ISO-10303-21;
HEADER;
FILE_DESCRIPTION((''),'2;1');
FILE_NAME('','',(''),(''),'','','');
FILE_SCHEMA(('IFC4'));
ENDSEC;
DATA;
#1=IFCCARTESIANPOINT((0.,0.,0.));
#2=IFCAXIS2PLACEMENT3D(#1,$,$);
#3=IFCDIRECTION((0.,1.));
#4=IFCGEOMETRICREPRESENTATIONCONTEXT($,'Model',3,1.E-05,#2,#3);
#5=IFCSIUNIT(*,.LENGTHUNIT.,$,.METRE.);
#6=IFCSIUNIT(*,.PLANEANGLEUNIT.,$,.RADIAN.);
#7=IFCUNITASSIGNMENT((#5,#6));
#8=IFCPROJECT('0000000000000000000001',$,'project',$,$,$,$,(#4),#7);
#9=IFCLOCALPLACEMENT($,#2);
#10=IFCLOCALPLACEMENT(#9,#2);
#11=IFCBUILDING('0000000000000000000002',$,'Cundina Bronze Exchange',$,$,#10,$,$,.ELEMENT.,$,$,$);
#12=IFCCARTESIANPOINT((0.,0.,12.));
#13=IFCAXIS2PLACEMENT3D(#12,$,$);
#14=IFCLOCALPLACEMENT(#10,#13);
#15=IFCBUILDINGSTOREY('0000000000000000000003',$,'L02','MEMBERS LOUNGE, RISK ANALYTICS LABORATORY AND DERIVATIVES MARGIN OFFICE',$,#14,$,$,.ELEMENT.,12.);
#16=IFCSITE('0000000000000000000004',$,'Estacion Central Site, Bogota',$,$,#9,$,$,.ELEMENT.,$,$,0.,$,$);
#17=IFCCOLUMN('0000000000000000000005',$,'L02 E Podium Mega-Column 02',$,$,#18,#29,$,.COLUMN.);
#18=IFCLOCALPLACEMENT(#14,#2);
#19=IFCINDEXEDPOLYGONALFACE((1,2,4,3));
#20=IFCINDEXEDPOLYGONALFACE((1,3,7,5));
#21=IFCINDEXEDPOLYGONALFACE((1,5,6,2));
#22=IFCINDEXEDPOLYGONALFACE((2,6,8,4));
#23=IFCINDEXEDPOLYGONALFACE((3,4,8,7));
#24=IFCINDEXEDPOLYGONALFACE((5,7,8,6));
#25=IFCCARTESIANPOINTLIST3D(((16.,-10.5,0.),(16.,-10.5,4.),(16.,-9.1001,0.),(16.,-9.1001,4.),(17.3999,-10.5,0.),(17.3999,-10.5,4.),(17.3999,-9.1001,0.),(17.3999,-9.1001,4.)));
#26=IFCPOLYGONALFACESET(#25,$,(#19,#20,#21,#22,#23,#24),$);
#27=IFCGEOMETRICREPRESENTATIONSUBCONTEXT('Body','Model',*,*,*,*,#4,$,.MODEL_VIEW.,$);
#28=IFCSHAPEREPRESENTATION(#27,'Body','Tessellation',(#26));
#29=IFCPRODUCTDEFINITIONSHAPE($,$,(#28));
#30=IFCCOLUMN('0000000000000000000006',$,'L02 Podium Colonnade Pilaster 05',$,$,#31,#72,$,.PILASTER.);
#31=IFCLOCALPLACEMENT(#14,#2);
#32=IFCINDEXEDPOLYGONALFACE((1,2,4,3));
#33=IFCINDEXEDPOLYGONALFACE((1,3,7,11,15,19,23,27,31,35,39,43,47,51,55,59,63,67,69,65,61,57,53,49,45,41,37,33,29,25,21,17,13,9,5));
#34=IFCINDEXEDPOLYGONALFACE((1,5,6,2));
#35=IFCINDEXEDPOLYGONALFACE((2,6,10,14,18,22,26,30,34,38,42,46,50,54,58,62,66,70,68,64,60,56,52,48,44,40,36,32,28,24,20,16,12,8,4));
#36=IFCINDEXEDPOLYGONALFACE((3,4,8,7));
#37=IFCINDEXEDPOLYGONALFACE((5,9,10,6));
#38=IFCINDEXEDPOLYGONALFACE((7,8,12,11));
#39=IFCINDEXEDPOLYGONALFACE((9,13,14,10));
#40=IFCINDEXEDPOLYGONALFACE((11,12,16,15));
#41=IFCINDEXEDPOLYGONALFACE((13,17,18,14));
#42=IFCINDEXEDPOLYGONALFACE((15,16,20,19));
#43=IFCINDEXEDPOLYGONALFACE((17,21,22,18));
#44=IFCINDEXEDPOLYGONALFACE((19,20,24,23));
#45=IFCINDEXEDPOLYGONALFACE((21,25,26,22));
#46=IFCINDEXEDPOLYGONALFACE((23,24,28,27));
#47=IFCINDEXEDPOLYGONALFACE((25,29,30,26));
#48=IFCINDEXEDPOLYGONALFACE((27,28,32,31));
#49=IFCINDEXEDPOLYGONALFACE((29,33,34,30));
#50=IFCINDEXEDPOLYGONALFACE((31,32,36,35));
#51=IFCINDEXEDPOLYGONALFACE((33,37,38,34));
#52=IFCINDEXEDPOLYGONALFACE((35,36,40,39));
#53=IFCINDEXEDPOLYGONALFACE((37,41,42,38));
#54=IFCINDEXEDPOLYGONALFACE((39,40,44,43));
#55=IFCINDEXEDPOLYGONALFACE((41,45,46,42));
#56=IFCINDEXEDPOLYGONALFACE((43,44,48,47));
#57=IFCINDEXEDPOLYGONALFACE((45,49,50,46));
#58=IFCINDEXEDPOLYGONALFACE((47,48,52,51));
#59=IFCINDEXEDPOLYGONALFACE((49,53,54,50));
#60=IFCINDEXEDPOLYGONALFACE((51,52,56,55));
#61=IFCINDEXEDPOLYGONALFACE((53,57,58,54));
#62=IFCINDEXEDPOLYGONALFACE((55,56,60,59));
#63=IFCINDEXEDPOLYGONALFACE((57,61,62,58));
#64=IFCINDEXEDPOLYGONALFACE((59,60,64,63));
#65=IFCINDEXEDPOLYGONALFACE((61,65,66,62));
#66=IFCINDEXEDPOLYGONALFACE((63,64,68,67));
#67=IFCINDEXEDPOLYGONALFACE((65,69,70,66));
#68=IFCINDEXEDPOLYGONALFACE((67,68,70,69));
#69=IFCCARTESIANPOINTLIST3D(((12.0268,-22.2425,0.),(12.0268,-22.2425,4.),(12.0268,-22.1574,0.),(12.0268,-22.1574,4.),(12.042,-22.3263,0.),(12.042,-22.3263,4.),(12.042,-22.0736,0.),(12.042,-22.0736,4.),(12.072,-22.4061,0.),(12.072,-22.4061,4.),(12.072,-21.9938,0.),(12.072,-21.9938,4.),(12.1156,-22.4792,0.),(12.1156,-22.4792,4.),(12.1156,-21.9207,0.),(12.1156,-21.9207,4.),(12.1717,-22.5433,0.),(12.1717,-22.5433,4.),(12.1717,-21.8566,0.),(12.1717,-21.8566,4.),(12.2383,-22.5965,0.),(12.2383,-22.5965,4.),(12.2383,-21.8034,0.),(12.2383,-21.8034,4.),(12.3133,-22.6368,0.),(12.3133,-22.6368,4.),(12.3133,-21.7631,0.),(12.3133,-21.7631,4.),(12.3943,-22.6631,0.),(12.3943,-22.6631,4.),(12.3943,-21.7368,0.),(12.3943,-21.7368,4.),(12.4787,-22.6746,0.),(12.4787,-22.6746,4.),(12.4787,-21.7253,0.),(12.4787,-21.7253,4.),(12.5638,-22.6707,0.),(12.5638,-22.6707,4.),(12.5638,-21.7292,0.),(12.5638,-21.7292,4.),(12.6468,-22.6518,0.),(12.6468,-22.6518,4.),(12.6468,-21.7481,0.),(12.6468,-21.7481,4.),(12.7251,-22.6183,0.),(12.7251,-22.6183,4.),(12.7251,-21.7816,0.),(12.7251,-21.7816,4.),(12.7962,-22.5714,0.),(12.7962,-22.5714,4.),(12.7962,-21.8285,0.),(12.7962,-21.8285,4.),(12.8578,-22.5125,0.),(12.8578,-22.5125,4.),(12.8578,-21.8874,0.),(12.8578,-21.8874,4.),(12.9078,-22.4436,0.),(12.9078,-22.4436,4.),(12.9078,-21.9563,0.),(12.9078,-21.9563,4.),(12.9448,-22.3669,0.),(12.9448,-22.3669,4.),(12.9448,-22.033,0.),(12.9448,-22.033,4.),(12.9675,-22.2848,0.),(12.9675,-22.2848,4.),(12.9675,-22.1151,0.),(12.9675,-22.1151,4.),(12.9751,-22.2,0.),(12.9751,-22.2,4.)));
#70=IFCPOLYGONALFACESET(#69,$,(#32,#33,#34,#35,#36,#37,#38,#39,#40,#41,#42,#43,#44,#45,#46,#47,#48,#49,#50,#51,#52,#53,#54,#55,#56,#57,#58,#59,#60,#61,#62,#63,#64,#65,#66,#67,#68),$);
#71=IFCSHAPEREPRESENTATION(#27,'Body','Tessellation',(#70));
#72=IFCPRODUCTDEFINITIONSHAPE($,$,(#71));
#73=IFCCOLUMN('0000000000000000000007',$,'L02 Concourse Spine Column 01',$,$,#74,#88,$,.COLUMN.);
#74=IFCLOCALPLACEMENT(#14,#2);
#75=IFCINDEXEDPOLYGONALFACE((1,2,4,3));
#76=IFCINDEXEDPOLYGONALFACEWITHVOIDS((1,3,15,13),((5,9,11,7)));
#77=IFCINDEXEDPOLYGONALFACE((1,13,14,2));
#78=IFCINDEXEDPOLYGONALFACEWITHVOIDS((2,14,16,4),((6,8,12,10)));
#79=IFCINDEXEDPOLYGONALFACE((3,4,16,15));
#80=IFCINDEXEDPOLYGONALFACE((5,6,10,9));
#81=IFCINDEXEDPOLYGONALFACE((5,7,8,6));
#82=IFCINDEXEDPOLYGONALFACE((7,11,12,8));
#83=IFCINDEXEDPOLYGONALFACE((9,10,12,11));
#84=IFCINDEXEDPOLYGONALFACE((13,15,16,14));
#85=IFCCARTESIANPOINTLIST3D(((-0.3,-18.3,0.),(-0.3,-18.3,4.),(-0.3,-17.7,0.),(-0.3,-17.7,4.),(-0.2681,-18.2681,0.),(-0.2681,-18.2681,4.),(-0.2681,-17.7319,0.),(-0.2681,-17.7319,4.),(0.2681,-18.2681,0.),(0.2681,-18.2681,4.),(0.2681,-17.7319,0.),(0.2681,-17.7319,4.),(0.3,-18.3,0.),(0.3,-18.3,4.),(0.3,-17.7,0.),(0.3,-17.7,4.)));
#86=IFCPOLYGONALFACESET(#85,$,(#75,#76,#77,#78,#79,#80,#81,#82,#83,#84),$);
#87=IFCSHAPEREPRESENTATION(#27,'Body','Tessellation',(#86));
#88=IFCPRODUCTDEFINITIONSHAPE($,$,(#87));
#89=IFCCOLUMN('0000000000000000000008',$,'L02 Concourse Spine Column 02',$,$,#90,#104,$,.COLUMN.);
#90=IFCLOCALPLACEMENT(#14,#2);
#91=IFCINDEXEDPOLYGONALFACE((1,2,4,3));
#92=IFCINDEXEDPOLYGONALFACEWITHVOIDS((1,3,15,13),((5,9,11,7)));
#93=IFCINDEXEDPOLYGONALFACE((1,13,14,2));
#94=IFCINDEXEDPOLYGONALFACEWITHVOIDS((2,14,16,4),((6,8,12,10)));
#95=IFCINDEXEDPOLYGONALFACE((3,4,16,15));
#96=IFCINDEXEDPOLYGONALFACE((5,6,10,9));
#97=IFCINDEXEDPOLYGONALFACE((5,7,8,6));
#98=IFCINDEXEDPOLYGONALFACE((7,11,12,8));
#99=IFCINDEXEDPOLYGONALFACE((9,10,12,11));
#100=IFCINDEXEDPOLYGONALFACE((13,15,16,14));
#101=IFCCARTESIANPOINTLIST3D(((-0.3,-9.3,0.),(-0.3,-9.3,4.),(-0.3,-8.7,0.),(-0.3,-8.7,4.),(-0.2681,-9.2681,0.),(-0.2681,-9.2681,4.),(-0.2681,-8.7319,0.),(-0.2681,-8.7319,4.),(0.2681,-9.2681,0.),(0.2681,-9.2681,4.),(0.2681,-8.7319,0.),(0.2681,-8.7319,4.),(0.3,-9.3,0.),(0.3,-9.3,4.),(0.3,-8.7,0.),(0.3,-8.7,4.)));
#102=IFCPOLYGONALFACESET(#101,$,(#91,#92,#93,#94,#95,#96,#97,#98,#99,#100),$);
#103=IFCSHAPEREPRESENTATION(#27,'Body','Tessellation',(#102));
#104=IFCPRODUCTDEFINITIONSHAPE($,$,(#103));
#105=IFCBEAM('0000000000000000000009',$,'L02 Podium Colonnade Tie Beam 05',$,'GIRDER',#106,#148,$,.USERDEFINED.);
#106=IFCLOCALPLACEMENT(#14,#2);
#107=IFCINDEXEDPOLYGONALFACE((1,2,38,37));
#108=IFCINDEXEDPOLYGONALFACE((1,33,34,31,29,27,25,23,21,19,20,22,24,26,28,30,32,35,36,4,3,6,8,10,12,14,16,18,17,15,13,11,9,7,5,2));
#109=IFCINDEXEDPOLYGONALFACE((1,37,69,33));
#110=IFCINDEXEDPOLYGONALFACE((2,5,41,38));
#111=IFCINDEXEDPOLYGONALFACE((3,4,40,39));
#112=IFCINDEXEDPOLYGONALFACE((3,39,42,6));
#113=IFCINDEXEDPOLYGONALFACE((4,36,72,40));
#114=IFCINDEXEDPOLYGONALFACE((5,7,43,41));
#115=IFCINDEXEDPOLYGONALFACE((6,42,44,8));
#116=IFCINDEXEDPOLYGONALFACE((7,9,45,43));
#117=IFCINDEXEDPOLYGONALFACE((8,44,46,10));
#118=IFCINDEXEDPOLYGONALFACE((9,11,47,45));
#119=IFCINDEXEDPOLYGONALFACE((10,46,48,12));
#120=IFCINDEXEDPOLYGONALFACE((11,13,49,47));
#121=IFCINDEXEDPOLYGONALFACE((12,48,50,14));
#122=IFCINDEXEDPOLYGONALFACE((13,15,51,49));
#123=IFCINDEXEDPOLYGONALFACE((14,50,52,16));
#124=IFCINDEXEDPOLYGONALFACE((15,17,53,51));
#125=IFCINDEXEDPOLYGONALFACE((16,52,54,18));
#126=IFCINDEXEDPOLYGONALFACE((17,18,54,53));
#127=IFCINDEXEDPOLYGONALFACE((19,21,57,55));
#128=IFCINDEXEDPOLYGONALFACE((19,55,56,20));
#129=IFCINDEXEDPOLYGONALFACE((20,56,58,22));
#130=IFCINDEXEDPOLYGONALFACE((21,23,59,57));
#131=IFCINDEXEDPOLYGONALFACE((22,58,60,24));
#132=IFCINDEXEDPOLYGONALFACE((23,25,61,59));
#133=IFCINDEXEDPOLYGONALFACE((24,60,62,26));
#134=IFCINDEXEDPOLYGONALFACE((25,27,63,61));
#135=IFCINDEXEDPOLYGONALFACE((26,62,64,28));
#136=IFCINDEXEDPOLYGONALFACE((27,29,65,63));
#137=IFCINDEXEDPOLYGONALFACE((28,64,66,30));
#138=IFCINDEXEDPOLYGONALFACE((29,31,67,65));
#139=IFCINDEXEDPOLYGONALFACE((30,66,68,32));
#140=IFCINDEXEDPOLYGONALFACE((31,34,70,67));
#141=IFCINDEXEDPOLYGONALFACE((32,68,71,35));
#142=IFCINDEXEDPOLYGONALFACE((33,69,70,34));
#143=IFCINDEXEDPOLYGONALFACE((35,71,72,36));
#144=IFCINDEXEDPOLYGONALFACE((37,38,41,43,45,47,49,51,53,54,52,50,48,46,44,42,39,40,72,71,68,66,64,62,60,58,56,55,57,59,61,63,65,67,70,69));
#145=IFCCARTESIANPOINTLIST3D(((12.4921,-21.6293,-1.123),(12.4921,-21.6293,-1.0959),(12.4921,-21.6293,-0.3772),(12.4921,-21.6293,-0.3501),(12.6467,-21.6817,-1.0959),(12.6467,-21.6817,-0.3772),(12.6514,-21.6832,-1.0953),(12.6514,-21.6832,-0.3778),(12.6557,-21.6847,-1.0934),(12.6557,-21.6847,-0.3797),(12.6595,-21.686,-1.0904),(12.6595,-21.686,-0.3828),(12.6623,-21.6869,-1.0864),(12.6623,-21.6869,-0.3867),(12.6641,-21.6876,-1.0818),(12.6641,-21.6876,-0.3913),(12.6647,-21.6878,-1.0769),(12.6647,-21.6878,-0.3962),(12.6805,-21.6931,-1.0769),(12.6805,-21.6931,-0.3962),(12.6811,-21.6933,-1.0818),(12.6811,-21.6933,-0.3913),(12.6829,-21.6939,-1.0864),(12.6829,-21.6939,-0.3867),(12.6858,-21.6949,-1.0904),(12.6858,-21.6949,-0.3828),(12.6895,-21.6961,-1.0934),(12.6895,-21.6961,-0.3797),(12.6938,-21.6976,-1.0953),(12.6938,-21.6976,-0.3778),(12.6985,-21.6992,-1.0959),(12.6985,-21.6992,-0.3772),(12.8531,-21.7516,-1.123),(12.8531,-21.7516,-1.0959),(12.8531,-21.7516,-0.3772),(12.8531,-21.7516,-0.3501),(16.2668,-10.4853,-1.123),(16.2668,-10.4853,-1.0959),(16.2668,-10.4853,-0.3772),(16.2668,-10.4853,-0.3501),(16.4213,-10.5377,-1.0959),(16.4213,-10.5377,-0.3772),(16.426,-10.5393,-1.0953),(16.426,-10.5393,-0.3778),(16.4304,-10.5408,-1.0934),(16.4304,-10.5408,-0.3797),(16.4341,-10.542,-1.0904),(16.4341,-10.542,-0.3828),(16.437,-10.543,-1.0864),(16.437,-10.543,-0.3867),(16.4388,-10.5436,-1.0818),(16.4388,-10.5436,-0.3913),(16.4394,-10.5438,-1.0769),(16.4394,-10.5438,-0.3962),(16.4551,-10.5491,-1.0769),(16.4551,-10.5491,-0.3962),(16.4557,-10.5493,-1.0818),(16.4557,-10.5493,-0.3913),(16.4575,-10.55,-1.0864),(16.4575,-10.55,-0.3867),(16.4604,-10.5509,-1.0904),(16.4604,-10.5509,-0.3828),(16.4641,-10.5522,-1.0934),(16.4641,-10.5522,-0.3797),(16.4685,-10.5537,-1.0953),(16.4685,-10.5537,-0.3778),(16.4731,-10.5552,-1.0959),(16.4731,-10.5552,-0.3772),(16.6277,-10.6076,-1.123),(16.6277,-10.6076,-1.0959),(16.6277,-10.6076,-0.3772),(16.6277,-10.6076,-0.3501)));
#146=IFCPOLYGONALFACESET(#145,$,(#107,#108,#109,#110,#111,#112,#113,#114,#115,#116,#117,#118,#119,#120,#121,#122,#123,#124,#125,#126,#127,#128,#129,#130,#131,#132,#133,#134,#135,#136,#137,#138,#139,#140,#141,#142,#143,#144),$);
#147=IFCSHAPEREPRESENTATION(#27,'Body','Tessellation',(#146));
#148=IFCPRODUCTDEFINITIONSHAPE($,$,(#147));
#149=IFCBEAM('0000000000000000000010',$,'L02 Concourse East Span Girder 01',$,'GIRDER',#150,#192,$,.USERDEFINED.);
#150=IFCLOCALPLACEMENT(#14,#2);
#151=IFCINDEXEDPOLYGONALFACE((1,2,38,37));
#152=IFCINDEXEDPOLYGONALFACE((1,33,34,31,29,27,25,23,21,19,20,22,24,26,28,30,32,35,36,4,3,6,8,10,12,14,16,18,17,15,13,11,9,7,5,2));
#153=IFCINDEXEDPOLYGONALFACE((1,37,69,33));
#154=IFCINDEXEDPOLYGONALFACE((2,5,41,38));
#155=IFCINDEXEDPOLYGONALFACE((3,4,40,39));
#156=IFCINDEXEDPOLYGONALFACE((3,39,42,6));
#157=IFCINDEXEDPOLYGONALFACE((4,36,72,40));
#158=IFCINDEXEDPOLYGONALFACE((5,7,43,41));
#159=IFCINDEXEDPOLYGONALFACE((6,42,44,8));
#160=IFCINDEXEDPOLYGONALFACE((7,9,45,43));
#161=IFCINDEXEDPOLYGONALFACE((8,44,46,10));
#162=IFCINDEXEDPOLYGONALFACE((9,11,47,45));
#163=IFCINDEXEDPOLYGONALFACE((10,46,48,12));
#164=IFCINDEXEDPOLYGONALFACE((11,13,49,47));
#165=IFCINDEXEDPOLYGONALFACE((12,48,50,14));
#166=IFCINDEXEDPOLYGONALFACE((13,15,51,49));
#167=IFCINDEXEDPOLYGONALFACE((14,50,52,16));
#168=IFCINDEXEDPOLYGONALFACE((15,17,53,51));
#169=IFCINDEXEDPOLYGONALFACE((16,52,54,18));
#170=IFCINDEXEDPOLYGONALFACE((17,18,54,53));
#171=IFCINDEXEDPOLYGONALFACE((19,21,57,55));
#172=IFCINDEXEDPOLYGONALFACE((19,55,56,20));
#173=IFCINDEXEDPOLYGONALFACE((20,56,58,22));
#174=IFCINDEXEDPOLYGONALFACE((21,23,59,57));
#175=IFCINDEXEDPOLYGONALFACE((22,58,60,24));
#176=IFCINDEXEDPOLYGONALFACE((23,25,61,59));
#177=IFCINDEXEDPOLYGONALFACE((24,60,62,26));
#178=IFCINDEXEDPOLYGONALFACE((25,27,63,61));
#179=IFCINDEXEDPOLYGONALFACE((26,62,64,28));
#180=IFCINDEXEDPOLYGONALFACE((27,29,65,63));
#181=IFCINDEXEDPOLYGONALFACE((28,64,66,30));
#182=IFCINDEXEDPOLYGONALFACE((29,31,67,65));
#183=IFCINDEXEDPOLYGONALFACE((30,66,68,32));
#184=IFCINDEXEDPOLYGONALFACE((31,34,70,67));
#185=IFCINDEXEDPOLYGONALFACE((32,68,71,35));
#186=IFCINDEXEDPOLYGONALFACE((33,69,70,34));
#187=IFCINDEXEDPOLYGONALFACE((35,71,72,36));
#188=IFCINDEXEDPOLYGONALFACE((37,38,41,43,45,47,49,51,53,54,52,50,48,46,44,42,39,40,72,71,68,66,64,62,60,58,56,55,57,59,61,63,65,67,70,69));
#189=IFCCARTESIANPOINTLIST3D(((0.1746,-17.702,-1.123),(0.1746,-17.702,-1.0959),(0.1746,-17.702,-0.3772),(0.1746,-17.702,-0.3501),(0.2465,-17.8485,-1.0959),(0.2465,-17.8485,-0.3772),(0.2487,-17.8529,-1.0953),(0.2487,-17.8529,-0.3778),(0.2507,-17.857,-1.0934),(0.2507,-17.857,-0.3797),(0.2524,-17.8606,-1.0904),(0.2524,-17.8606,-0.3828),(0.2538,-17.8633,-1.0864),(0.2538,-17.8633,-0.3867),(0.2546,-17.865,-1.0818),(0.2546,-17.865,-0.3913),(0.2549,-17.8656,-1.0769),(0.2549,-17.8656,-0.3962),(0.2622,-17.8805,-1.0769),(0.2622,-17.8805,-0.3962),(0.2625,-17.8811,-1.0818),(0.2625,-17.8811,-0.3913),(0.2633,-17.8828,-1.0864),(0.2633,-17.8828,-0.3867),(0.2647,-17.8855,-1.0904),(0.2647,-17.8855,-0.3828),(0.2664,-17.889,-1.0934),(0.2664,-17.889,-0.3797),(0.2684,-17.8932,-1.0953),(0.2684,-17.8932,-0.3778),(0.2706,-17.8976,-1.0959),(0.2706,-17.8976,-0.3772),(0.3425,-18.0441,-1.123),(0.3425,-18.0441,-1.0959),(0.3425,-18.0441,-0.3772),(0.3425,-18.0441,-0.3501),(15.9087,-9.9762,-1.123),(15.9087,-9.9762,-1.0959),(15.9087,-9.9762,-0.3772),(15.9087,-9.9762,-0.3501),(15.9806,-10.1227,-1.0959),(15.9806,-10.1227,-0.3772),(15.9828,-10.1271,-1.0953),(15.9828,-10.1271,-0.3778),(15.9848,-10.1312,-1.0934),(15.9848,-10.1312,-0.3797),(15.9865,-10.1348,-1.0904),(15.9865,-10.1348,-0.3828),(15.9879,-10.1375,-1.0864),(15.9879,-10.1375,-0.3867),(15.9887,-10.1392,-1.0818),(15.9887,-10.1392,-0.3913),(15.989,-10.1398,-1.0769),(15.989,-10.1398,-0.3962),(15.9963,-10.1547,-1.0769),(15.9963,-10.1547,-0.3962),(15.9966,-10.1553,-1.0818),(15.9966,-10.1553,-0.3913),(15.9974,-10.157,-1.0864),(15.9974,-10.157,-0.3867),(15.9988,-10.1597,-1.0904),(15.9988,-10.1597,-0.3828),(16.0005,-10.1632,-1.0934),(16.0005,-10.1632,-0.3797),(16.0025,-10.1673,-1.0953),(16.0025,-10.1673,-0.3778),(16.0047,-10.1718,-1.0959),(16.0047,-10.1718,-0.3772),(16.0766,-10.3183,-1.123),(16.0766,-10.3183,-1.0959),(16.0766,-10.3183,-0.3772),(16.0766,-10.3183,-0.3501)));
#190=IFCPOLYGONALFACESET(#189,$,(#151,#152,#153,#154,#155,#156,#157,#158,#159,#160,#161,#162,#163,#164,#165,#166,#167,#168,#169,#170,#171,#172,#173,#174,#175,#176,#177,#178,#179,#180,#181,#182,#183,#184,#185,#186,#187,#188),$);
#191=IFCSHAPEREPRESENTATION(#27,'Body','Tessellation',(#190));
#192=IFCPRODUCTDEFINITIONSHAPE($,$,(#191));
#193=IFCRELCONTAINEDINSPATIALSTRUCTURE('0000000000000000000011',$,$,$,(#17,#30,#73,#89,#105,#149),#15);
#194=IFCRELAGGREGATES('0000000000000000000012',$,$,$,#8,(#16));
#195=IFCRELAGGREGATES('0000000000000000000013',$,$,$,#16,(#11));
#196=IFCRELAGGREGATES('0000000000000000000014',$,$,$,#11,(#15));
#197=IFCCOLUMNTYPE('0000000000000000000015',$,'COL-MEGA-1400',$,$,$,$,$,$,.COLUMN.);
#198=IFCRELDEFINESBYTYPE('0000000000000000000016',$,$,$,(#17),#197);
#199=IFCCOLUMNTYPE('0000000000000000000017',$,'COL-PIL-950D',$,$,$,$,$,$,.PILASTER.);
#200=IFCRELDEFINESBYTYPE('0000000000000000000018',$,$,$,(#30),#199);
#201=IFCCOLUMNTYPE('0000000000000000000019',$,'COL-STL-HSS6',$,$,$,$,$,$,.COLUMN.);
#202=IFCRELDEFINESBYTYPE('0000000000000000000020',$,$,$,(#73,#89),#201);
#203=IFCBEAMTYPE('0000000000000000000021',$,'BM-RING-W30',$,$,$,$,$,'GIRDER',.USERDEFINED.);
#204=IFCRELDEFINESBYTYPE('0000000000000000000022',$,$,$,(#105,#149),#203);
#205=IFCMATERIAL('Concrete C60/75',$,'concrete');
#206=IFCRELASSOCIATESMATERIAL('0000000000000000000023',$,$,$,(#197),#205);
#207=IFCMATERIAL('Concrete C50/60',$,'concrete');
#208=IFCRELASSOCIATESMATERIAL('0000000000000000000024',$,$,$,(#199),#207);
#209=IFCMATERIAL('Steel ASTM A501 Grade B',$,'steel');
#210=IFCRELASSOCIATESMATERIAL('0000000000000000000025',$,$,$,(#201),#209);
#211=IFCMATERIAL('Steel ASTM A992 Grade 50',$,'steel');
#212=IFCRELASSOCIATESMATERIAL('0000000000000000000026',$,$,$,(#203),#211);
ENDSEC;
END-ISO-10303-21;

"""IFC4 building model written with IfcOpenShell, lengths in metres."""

from ifc_helpers import new_model, si_unit, direction, frame, origin, origin_2d, place, context, subcontext, project, spatial, rectangle, hollow_rectangle, circle, i_section, extrude, material, material_profile, profile_set, type_object, element, save


model = new_model("IFC4")

# Units and contexts
model_context = context("Model", 3, precision=1e-05, world=origin(), true_north=direction((0.0, 1.0)))
body_context = subcontext(model_context, "Body", "Model", "MODEL_VIEW")
ifc_project = project(units=[si_unit("LENGTHUNIT", "METRE"), si_unit("PLANEANGLEUNIT", "RADIAN")], contexts=[model_context])

# Site, building, storey
site_placement = place(None, origin())
site = spatial("IfcSite", under=ifc_project, at=site_placement, Name="Estacion Central Site, Bogota", CompositionType="ELEMENT", RefElevation=0.0)
building_placement = place(site_placement, origin())
building = spatial("IfcBuilding", under=site, at=building_placement, Name="Cundina Bronze Exchange", CompositionType="ELEMENT")
storey_placement = place(building_placement, frame((0.0, 0.0, 12.0)))
storey = spatial("IfcBuildingStorey", under=building, at=storey_placement, Name="L02", Description="MEMBERS LOUNGE, RISK ANALYTICS LABORATORY AND DERIVATIVES MARGIN OFFICE", CompositionType="ELEMENT", Elevation=12.0)

# Columns
ifc_material_1 = material(Name="Concrete C60/75", Category="concrete")
ifc_material_profile_1 = material_profile(ifc_material_1, rectangle(XDim=1.3999, YDim=1.3999, at=origin_2d()), Name="RC1400X1400", Category="concrete")
ifc_profile_set_1 = profile_set([ifc_material_profile_1], Name="Concrete C60/75")
column_type_1 = type_object("IfcColumnType", Name="COL-MEGA-1400", PredefinedType="COLUMN", material=ifc_profile_set_1)
column_1_placement = place(storey_placement, frame((16.7, -9.8, 0.0), z_axis=(0.0, 0.0, 1.0), x_axis=(1.0, 0.0, 0.0)))
element("IfcColumn", 1, at=column_1_placement, inside=storey, type_object=column_type_1, Name="L02 E Podium Mega-Column 02", PredefinedType="COLUMN", context=body_context, shape_type="SweptSolid", body=[
    extrude(rectangle(XDim=1.3999, YDim=1.3999, at=origin_2d()), origin(), (0.0, 0.0, 1.0), 4.0),
])
ifc_material_2 = material(Name="Concrete C50/60", Category="concrete")
ifc_material_profile_2 = material_profile(ifc_material_2, circle(Radius=0.4751, at=origin_2d()), Name="RC950D", Category="concrete")
ifc_profile_set_2 = profile_set([ifc_material_profile_2], Name="Concrete C50/60")
column_type_2 = type_object("IfcColumnType", Name="COL-PIL-950D", PredefinedType="PILASTER", material=ifc_profile_set_2)
column_2_placement = place(storey_placement, frame((12.5, -22.2, 0.0), z_axis=(0.0, 0.0, 1.0), x_axis=(1.0, 0.0, 0.0)))
element("IfcColumn", 2, at=column_2_placement, inside=storey, type_object=column_type_2, Name="L02 Podium Colonnade Pilaster 05", PredefinedType="PILASTER", context=body_context, shape_type="SweptSolid", body=[
    extrude(circle(Radius=0.4751, at=origin_2d()), origin(), (0.0, 0.0, 1.0), 4.0),
])
ifc_material_3 = material(Name="Steel ASTM A501 Grade B", Category="steel")
ifc_material_profile_3 = material_profile(ifc_material_3, hollow_rectangle(XDim=0.6001, YDim=0.6001, WallThickness=0.032, at=origin_2d()), Name="HSS600X600X32", Category="steel")
ifc_profile_set_3 = profile_set([ifc_material_profile_3], Name="Steel ASTM A501 Grade B")
column_type_3 = type_object("IfcColumnType", Name="COL-STL-HSS6", PredefinedType="COLUMN", material=ifc_profile_set_3)
for number, where, z_axis, x_axis, name in (
    (3, (0.0, -18.0, 0.0), (0.0, 0.0, 1.0), (1.0, 0.0, 0.0), "L02 Concourse Spine Column 01"),
    (4, (0.0, -9.0, 0.0), (0.0, 0.0, 1.0), (1.0, 0.0, 0.0), "L02 Concourse Spine Column 02"),
):
    element("IfcColumn", number, at=place(storey_placement, frame(where, z_axis=z_axis, x_axis=x_axis)), inside=storey, type_object=column_type_3, Name=name, PredefinedType="COLUMN", context=body_context, shape_type="SweptSolid", body=[
        extrude(hollow_rectangle(XDim=0.6001, YDim=0.6001, WallThickness=0.032, at=origin_2d()), origin(), (0.0, 0.0, 1.0), 4.0),
    ])

# Beams
ifc_material_4 = material(Name="Steel ASTM A992 Grade 50", Category="steel")
ifc_material_profile_4 = material_profile(ifc_material_4, i_section(OverallWidth=0.3811, OverallDepth=0.7729, WebThickness=0.0166, FlangeThickness=0.0271, FilletRadius=0.019, at=origin_2d()), Name="W30X173", Category="steel")
ifc_profile_set_4 = profile_set([ifc_material_profile_4], Name="Steel ASTM A992 Grade 50")
beam_type = type_object("IfcBeamType", Name="BM-RING-W30", ElementType="GIRDER", PredefinedType="USERDEFINED", material=ifc_profile_set_4)
beam_1_placement = place(storey_placement, frame((12.6726, -21.6904, -0.7366), z_axis=(0.320812, 0.947143, 0.0), x_axis=(-0.947143, 0.320812, 0.0)))
element("IfcBeam", 5, at=beam_1_placement, inside=storey, type_object=beam_type, Name="L02 Podium Colonnade Tie Beam 05", ObjectType="GIRDER", PredefinedType="USERDEFINED", context=body_context, shape_type="SweptSolid", body=[
    extrude(i_section(OverallWidth=0.3811, OverallDepth=0.7729, WebThickness=0.0166, FlangeThickness=0.0271, FilletRadius=0.019, at=origin_2d()), origin(), (0.0, 0.0, 1.0), 11.7659),
])
beam_2_placement = place(storey_placement, frame((0.2585, -17.873, -0.7366), z_axis=(0.897627, 0.440756, 0.0), x_axis=(-0.440756, 0.897627, 0.0)))
element("IfcBeam", 6, at=beam_2_placement, inside=storey, type_object=beam_type, Name="L02 Concourse East Span Girder 01", ObjectType="GIRDER", PredefinedType="USERDEFINED", context=body_context, shape_type="SweptSolid", body=[
    extrude(i_section(OverallWidth=0.3811, OverallDepth=0.7729, WebThickness=0.0166, FlangeThickness=0.0271, FilletRadius=0.019, at=origin_2d()), origin(), (0.0, 0.0, 1.0), 17.5286),
])

save(model, "model.ifc")
